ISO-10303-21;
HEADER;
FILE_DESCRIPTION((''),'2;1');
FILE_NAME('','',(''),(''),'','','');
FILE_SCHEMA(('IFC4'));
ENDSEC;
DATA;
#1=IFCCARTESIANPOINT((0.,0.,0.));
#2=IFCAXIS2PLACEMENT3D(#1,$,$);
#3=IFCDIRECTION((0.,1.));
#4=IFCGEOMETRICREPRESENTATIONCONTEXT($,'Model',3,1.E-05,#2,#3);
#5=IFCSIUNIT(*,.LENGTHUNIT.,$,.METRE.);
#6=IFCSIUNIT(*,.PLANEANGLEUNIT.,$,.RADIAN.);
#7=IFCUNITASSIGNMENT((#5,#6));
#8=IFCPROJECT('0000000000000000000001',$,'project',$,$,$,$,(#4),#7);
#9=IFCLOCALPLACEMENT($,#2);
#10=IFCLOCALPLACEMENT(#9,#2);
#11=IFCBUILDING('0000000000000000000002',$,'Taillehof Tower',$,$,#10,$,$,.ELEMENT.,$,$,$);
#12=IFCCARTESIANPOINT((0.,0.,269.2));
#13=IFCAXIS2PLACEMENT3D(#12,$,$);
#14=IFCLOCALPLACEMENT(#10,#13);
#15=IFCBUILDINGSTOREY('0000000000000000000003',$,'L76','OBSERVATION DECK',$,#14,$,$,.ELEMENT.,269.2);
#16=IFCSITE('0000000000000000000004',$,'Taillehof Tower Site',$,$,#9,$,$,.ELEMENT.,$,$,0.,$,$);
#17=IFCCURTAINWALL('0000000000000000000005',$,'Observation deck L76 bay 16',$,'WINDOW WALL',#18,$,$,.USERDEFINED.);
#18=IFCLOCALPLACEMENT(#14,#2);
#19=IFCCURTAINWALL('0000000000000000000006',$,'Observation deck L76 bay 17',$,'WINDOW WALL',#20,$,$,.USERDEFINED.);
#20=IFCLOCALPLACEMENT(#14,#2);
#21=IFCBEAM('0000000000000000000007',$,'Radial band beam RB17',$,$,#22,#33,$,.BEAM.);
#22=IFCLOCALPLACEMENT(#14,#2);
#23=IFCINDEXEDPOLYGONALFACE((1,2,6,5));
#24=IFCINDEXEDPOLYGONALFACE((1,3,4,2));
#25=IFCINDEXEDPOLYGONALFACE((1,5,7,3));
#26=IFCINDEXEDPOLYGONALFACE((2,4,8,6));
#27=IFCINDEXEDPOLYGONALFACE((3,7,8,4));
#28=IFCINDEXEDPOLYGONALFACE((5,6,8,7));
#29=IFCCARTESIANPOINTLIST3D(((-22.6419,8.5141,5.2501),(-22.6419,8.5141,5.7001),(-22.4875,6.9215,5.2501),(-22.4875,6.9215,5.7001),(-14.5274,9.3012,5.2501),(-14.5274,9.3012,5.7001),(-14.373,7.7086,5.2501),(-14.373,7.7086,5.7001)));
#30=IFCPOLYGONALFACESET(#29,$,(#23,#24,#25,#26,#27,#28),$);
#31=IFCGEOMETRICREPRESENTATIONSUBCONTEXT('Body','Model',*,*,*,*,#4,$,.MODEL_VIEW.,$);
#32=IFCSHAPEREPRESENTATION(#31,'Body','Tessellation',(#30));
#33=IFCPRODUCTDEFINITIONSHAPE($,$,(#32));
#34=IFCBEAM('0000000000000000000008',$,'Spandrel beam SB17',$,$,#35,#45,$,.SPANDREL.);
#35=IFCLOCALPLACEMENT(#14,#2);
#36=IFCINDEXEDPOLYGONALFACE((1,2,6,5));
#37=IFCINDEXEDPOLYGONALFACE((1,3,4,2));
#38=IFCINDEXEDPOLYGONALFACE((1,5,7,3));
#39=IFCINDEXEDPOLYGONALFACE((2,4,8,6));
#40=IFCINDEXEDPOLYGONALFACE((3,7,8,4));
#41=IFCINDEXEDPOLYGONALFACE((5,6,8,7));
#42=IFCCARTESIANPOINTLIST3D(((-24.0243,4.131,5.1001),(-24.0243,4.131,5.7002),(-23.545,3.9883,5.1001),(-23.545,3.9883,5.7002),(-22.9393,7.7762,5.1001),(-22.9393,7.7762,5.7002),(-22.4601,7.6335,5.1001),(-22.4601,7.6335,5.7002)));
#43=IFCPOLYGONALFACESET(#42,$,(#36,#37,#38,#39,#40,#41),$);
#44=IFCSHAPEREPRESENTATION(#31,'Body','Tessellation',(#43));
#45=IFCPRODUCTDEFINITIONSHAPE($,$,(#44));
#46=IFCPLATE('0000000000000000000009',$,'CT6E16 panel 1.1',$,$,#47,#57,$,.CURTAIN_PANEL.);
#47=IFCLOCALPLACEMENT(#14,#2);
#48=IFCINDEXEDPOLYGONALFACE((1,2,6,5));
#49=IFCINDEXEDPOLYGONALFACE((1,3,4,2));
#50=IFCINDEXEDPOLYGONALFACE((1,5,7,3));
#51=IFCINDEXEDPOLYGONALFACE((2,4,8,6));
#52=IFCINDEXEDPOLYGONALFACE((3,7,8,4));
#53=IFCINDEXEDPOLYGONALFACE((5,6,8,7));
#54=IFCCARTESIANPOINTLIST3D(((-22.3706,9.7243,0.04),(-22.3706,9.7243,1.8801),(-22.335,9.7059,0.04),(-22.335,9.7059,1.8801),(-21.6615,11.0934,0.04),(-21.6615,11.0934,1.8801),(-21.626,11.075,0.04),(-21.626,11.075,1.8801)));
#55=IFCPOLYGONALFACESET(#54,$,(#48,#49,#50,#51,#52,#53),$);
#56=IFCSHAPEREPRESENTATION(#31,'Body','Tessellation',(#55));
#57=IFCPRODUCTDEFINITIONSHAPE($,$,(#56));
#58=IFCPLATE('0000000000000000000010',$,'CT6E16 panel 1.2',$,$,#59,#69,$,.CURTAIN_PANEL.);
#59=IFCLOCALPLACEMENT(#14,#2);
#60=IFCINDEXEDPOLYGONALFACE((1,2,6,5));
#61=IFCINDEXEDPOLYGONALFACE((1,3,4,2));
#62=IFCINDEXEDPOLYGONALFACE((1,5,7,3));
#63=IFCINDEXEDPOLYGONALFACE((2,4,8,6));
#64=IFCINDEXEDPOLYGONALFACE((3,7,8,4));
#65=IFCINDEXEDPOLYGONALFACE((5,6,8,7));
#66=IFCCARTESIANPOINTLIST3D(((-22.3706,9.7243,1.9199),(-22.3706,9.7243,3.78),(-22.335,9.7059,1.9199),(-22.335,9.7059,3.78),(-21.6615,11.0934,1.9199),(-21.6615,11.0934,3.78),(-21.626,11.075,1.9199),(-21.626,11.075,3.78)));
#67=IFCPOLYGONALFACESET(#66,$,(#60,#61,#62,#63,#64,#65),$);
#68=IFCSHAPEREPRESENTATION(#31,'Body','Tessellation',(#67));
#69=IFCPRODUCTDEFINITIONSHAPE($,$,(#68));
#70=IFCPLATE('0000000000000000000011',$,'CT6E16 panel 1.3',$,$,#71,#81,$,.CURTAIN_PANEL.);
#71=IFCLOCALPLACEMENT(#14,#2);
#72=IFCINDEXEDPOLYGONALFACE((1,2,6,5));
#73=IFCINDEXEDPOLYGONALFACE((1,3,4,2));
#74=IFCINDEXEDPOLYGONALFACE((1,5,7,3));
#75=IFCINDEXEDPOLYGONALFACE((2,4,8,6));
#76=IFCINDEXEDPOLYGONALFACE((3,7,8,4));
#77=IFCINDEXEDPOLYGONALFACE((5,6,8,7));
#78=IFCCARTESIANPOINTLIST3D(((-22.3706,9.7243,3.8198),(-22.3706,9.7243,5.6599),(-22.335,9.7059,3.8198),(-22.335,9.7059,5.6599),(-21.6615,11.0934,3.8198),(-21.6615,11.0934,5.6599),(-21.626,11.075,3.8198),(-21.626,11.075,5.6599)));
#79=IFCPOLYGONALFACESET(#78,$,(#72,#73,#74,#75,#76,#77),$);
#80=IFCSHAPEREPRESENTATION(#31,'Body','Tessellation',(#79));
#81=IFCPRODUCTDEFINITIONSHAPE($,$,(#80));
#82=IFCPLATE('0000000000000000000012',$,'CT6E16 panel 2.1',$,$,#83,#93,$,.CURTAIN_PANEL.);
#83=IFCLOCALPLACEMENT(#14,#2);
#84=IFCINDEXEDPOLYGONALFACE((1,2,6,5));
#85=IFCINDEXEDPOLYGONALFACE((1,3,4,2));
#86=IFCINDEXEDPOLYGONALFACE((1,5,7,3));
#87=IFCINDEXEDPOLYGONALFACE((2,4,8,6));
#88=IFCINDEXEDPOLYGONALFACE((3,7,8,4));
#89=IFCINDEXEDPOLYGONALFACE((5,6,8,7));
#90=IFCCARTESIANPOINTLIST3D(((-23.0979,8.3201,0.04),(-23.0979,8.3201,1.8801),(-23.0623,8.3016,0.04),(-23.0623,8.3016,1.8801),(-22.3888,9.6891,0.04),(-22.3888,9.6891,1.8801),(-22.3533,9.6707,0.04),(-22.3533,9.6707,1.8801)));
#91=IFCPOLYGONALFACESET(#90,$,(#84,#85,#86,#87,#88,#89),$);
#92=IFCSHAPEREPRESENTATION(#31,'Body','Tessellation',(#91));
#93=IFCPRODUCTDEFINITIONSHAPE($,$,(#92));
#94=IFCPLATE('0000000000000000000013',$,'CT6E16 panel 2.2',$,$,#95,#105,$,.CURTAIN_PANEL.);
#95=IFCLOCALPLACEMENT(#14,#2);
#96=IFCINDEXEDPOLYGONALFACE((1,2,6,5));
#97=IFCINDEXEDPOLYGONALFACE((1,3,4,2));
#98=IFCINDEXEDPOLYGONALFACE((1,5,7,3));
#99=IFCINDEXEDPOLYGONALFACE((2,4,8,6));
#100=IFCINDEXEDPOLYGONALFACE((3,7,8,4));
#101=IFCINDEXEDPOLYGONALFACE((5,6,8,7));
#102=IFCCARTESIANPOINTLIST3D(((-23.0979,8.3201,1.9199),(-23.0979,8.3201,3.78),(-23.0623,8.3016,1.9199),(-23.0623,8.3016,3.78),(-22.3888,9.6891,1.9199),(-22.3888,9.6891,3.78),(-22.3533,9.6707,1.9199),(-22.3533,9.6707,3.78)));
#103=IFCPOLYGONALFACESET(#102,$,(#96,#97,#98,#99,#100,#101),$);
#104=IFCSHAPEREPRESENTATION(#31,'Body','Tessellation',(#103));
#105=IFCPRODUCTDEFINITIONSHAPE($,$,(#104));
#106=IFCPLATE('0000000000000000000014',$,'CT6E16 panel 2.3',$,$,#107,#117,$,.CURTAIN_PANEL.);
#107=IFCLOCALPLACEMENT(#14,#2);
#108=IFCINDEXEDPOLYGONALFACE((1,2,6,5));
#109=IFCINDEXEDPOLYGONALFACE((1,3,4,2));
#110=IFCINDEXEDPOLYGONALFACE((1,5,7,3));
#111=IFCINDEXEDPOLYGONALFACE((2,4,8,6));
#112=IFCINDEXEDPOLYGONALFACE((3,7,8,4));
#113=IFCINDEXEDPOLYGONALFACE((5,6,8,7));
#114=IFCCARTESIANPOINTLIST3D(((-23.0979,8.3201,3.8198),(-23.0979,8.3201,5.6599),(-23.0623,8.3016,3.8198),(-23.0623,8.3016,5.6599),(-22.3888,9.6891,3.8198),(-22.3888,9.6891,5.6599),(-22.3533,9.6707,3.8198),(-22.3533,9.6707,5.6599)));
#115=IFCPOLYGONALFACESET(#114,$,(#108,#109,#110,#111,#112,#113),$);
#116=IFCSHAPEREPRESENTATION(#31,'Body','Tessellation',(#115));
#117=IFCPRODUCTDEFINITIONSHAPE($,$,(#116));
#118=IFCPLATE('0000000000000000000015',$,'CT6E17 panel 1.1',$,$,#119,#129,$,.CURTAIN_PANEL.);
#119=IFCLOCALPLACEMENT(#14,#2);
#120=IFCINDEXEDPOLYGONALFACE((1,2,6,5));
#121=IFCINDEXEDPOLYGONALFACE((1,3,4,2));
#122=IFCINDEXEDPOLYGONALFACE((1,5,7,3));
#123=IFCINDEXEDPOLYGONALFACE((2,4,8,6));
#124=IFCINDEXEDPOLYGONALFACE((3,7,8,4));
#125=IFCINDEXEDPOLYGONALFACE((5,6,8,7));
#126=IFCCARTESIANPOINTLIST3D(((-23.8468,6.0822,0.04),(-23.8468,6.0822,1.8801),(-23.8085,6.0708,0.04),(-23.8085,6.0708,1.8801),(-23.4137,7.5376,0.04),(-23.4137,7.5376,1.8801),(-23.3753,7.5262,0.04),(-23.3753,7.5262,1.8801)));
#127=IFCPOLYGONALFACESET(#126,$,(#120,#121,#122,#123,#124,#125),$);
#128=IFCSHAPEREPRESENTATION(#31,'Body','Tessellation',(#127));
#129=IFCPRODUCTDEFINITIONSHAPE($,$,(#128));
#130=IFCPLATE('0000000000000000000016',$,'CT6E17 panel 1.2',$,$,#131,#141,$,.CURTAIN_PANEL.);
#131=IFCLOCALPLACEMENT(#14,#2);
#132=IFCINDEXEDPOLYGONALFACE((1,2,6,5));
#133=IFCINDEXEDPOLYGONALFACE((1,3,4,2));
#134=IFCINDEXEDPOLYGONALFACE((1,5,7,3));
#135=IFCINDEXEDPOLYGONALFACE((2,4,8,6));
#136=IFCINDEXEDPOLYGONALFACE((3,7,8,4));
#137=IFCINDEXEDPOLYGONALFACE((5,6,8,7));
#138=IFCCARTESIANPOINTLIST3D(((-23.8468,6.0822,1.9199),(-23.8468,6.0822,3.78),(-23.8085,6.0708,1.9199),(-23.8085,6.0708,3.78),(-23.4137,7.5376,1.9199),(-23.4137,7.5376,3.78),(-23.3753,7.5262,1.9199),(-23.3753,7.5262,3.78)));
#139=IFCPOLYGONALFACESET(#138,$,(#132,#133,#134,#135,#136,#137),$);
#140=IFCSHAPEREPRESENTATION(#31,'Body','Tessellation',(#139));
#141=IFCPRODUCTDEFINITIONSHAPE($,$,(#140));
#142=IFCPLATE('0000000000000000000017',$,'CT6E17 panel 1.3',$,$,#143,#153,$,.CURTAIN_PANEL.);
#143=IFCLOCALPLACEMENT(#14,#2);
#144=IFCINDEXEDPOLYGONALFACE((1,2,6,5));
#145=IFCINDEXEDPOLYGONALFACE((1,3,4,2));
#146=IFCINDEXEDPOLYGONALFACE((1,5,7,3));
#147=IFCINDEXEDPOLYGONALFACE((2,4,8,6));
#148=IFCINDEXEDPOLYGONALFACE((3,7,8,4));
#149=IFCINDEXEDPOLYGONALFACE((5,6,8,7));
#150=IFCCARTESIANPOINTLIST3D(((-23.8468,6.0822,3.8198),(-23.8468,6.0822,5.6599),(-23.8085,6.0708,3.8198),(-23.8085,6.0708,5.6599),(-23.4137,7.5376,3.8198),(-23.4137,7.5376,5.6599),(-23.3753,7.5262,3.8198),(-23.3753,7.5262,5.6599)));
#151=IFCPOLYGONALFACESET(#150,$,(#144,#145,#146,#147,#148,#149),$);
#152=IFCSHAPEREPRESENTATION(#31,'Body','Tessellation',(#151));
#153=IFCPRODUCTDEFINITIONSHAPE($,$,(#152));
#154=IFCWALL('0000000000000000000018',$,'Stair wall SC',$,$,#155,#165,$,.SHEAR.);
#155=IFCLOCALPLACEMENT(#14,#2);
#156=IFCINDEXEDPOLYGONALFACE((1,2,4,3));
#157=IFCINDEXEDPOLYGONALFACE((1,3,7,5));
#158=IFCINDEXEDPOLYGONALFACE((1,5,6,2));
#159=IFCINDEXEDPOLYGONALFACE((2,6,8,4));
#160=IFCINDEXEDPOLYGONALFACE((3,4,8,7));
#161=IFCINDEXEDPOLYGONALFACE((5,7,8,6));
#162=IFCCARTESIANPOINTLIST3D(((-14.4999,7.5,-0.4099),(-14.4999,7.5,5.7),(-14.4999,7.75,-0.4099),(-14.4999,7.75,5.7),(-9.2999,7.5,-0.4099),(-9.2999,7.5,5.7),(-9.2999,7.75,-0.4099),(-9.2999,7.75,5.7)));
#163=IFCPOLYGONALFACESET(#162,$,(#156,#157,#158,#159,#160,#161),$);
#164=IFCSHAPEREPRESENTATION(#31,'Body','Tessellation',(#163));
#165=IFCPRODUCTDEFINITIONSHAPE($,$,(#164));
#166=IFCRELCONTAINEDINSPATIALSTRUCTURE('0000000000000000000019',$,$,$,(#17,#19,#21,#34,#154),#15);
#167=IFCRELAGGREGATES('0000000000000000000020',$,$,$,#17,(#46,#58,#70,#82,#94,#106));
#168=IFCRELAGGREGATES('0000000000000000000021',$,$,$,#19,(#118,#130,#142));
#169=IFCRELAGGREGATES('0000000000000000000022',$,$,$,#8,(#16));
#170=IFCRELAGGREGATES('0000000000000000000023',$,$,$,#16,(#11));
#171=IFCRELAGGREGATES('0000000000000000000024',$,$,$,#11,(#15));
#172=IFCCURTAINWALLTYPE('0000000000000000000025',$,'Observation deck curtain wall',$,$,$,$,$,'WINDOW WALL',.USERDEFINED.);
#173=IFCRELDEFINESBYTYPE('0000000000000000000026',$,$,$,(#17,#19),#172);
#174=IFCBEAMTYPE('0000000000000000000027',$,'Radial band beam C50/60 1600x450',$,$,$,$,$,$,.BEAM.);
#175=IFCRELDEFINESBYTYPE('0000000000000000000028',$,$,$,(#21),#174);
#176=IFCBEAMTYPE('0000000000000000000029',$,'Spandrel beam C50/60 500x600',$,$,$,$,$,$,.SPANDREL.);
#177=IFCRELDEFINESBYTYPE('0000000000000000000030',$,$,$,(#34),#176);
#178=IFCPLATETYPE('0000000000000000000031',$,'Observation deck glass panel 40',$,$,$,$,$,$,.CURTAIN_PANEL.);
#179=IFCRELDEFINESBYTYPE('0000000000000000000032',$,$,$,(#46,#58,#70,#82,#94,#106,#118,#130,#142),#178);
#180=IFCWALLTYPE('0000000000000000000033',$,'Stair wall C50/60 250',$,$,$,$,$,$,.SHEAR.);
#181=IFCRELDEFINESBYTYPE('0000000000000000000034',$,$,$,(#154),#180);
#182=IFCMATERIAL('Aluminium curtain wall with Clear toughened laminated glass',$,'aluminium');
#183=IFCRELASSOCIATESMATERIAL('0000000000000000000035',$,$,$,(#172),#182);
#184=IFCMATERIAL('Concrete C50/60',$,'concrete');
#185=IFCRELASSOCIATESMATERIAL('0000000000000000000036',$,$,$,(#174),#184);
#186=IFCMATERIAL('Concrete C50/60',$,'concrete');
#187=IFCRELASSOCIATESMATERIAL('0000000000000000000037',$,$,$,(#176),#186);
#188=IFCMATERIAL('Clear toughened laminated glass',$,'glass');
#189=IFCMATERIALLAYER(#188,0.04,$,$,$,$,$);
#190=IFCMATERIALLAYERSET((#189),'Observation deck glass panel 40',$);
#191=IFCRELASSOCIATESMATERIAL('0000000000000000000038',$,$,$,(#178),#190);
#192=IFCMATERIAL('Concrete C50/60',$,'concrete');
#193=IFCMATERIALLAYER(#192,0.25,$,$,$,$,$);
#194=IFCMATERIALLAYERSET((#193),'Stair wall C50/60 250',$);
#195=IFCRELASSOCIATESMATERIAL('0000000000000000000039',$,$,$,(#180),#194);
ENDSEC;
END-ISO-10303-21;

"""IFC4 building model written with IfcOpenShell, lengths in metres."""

from ifc_helpers import new_model, si_unit, direction, frame, frame_2d, origin, origin_2d, place, context, subcontext, project, spatial, rectangle, extrude, material, layer, layer_set, material_profile, profile_set, type_object, element, aggregate, save


model = new_model("IFC4")

# Units and contexts
model_context = context("Model", 3, precision=1e-05, world=origin(), true_north=direction((0.0, 1.0)))
body_context = subcontext(model_context, "Body", "Model", "MODEL_VIEW")
ifc_project = project(units=[si_unit("LENGTHUNIT", "METRE"), si_unit("PLANEANGLEUNIT", "RADIAN")], contexts=[model_context])

# Site, building, storey
site_placement = place(None, origin())
site = spatial("IfcSite", under=ifc_project, at=site_placement, Name="Taillehof Tower Site", CompositionType="ELEMENT", RefElevation=0.0)
building_placement = place(site_placement, origin())
building = spatial("IfcBuilding", under=site, at=building_placement, Name="Taillehof Tower", CompositionType="ELEMENT")
storey_placement = place(building_placement, frame((0.0, 0.0, 269.2)))
storey = spatial("IfcBuildingStorey", under=building, at=storey_placement, Name="L76", Description="OBSERVATION DECK", CompositionType="ELEMENT", Elevation=269.2)

# Curtain walls
ifc_material_1 = material(Name="Aluminium curtain wall with Clear toughened laminated glass", Category="aluminium")
curtain_wall_type = type_object("IfcCurtainWallType", Name="Observation deck curtain wall", ElementType="WINDOW WALL", PredefinedType="USERDEFINED", material=ifc_material_1)
curtain_wall_1_placement = place(storey_placement, origin())
curtain_wall_1 = element("IfcCurtainWall", 1, at=curtain_wall_1_placement, inside=storey, type_object=curtain_wall_type, Name="Observation deck L76 bay 16", ObjectType="WINDOW WALL", PredefinedType="USERDEFINED")
curtain_wall_2_placement = place(storey_placement, origin())
curtain_wall_2 = element("IfcCurtainWall", 2, at=curtain_wall_2_placement, inside=storey, type_object=curtain_wall_type, Name="Observation deck L76 bay 17", ObjectType="WINDOW WALL", PredefinedType="USERDEFINED")

# Beams
ifc_material_2 = material(Name="Concrete C50/60", Category="concrete")
ifc_material_profile_1 = material_profile(ifc_material_2, rectangle(XDim=1.6001, YDim=0.45, at=origin_2d()), Name="RC 1600x450")
ifc_profile_set_1 = profile_set([ifc_material_profile_1], Name="Concrete C50/60")
beam_type_1 = type_object("IfcBeamType", Name="Radial band beam C50/60 1600x450", PredefinedType="BEAM", material=ifc_profile_set_1)
beam_1_placement = place(storey_placement, frame((-22.5647, 7.7178, 5.4751), z_axis=(0.995328, 0.096547, 0.0), x_axis=(-0.096547, 0.995328, 0.0)))
element("IfcBeam", 3, at=beam_1_placement, inside=storey, type_object=beam_type_1, Name="Radial band beam RB17", PredefinedType="BEAM", context=body_context, shape_type="SweptSolid", body=[
    extrude(rectangle(XDim=1.6001, YDim=0.45, at=origin_2d()), origin(), (0.0, 0.0, 1.0), 8.1526),
])
ifc_material_3 = material(Name="Concrete C50/60", Category="concrete")
ifc_material_profile_2 = material_profile(ifc_material_3, rectangle(XDim=0.5, YDim=0.6001, at=origin_2d()), Name="RC 500x600")
ifc_profile_set_2 = profile_set([ifc_material_profile_2], Name="Concrete C50/60")
beam_type_2 = type_object("IfcBeamType", Name="Spandrel beam C50/60 500x600", PredefinedType="SPANDREL", material=ifc_profile_set_2)
beam_2_placement = place(storey_placement, frame((-22.6997, 7.7048, 5.4001), z_axis=(-0.285268, -0.958448, 0.0), x_axis=(0.958448, -0.285268, 0.0)))
element("IfcBeam", 4, at=beam_2_placement, inside=storey, type_object=beam_type_2, Name="Spandrel beam SB17", PredefinedType="SPANDREL", context=body_context, shape_type="SweptSolid", body=[
    extrude(rectangle(XDim=0.5, YDim=0.6001, at=origin_2d()), origin(), (0.0, 0.0, 1.0), 3.8032),
])

# Plates
ifc_material_4 = material(Name="Clear toughened laminated glass", Category="glass")
ifc_layer_1 = layer(ifc_material_4, 0.04)
ifc_layer_set_1 = layer_set([ifc_layer_1], Name="Observation deck glass panel 40")
plate_type = type_object("IfcPlateType", Name="Observation deck glass panel 40", PredefinedType="CURTAIN_PANEL", material=ifc_layer_set_1)
plate_1_placement = place(storey_placement, frame((-21.9983, 10.3997, 0.04), z_axis=(0.0, 0.0, 1.0), x_axis=(-0.459891, -0.887975, 0.0)))
plate_1 = element("IfcPlate", 5, at=plate_1_placement, type_object=plate_type, Name="CT6E16 panel 1.1", PredefinedType="CURTAIN_PANEL", context=body_context, shape_type="SweptSolid", body=[
    extrude(rectangle(XDim=1.5417, YDim=0.04, at=origin_2d()), origin(), (0.0, 0.0, 1.0), 1.8401),
])
plate_2_placement = place(storey_placement, frame((-21.9983, 10.3997, 1.9199), z_axis=(0.0, 0.0, 1.0), x_axis=(-0.459891, -0.887975, 0.0)))
plate_2 = element("IfcPlate", 6, at=plate_2_placement, type_object=plate_type, Name="CT6E16 panel 1.2", PredefinedType="CURTAIN_PANEL", context=body_context, shape_type="SweptSolid", body=[
    extrude(rectangle(XDim=1.5417, YDim=0.04, at=origin_2d()), origin(), (0.0, 0.0, 1.0), 1.8601),
])
plate_3_placement = place(storey_placement, frame((-21.9983, 10.3997, 3.8198), z_axis=(0.0, 0.0, 1.0), x_axis=(-0.459891, -0.887975, 0.0)))
plate_3 = element("IfcPlate", 7, at=plate_3_placement, type_object=plate_type, Name="CT6E16 panel 1.3", PredefinedType="CURTAIN_PANEL", context=body_context, shape_type="SweptSolid", body=[
    extrude(rectangle(XDim=1.5417, YDim=0.04, at=origin_2d()), origin(), (0.0, 0.0, 1.0), 1.8401),
])
plate_4_placement = place(storey_placement, frame((-22.7256, 8.9954, 0.04), z_axis=(0.0, 0.0, 1.0), x_axis=(-0.459891, -0.887975, 0.0)))
plate_4 = element("IfcPlate", 8, at=plate_4_placement, type_object=plate_type, Name="CT6E16 panel 2.1", PredefinedType="CURTAIN_PANEL", context=body_context, shape_type="SweptSolid", body=[
    extrude(rectangle(XDim=1.5417, YDim=0.04, at=origin_2d()), origin(), (0.0, 0.0, 1.0), 1.8401),
])
plate_5_placement = place(storey_placement, frame((-22.7256, 8.9954, 1.9199), z_axis=(0.0, 0.0, 1.0), x_axis=(-0.459891, -0.887975, 0.0)))
plate_5 = element("IfcPlate", 9, at=plate_5_placement, type_object=plate_type, Name="CT6E16 panel 2.2", PredefinedType="CURTAIN_PANEL", context=body_context, shape_type="SweptSolid", body=[
    extrude(rectangle(XDim=1.5417, YDim=0.04, at=origin_2d()), origin(), (0.0, 0.0, 1.0), 1.8601),
])
plate_6_placement = place(storey_placement, frame((-22.7256, 8.9954, 3.8198), z_axis=(0.0, 0.0, 1.0), x_axis=(-0.459891, -0.887975, 0.0)))
plate_6 = element("IfcPlate", 10, at=plate_6_placement, type_object=plate_type, Name="CT6E16 panel 2.3", PredefinedType="CURTAIN_PANEL", context=body_context, shape_type="SweptSolid", body=[
    extrude(rectangle(XDim=1.5417, YDim=0.04, at=origin_2d()), origin(), (0.0, 0.0, 1.0), 1.8401),
])
aggregate(curtain_wall_1, [plate_1, plate_2, plate_3, plate_4, plate_5, plate_6])
plate_7_placement = place(storey_placement, frame((-23.6111, 6.8042, 0.04), z_axis=(0.0, 0.0, 1.0), x_axis=(-0.285236, -0.958457, 0.0)))
plate_7 = element("IfcPlate", 11, at=plate_7_placement, type_object=plate_type, Name="CT6E17 panel 1.1", PredefinedType="CURTAIN_PANEL", context=body_context, shape_type="SweptSolid", body=[
    extrude(rectangle(XDim=1.5186, YDim=0.04, at=origin_2d()), origin(), (0.0, 0.0, 1.0), 1.8401),
])
plate_8_placement = place(storey_placement, frame((-23.6111, 6.8042, 1.9199), z_axis=(0.0, 0.0, 1.0), x_axis=(-0.285236, -0.958457, 0.0)))
plate_8 = element("IfcPlate", 12, at=plate_8_placement, type_object=plate_type, Name="CT6E17 panel 1.2", PredefinedType="CURTAIN_PANEL", context=body_context, shape_type="SweptSolid", body=[
    extrude(rectangle(XDim=1.5186, YDim=0.04, at=origin_2d()), origin(), (0.0, 0.0, 1.0), 1.8601),
])
plate_9_placement = place(storey_placement, frame((-23.6111, 6.8042, 3.8198), z_axis=(0.0, 0.0, 1.0), x_axis=(-0.285236, -0.958457, 0.0)))
plate_9 = element("IfcPlate", 13, at=plate_9_placement, type_object=plate_type, Name="CT6E17 panel 1.3", PredefinedType="CURTAIN_PANEL", context=body_context, shape_type="SweptSolid", body=[
    extrude(rectangle(XDim=1.5186, YDim=0.04, at=origin_2d()), origin(), (0.0, 0.0, 1.0), 1.8401),
])
aggregate(curtain_wall_2, [plate_7, plate_8, plate_9])

# Wall
ifc_material_5 = material(Name="Concrete C50/60", Category="concrete")
ifc_layer_2 = layer(ifc_material_5, 0.25)
ifc_layer_set_2 = layer_set([ifc_layer_2], Name="Stair wall C50/60 250")
wall_type = type_object("IfcWallType", Name="Stair wall C50/60 250", PredefinedType="SHEAR", material=ifc_layer_set_2)
wall_placement = place(storey_placement, frame((-14.5, 7.625, -0.4099), z_axis=(0.0, 0.0, 1.0), x_axis=(1.0, 0.0, 0.0)))
element("IfcWall", 14, at=wall_placement, inside=storey, type_object=wall_type, Name="Stair wall SC", PredefinedType="SHEAR", context=body_context, shape_type="SweptSolid", body=[
    extrude(rectangle(XDim=5.2, YDim=0.25, at=frame_2d((2.6001, 0.0))), origin(), (0.0, 0.0, 1.0), 6.1099),
])

save(model, "model.ifc")
